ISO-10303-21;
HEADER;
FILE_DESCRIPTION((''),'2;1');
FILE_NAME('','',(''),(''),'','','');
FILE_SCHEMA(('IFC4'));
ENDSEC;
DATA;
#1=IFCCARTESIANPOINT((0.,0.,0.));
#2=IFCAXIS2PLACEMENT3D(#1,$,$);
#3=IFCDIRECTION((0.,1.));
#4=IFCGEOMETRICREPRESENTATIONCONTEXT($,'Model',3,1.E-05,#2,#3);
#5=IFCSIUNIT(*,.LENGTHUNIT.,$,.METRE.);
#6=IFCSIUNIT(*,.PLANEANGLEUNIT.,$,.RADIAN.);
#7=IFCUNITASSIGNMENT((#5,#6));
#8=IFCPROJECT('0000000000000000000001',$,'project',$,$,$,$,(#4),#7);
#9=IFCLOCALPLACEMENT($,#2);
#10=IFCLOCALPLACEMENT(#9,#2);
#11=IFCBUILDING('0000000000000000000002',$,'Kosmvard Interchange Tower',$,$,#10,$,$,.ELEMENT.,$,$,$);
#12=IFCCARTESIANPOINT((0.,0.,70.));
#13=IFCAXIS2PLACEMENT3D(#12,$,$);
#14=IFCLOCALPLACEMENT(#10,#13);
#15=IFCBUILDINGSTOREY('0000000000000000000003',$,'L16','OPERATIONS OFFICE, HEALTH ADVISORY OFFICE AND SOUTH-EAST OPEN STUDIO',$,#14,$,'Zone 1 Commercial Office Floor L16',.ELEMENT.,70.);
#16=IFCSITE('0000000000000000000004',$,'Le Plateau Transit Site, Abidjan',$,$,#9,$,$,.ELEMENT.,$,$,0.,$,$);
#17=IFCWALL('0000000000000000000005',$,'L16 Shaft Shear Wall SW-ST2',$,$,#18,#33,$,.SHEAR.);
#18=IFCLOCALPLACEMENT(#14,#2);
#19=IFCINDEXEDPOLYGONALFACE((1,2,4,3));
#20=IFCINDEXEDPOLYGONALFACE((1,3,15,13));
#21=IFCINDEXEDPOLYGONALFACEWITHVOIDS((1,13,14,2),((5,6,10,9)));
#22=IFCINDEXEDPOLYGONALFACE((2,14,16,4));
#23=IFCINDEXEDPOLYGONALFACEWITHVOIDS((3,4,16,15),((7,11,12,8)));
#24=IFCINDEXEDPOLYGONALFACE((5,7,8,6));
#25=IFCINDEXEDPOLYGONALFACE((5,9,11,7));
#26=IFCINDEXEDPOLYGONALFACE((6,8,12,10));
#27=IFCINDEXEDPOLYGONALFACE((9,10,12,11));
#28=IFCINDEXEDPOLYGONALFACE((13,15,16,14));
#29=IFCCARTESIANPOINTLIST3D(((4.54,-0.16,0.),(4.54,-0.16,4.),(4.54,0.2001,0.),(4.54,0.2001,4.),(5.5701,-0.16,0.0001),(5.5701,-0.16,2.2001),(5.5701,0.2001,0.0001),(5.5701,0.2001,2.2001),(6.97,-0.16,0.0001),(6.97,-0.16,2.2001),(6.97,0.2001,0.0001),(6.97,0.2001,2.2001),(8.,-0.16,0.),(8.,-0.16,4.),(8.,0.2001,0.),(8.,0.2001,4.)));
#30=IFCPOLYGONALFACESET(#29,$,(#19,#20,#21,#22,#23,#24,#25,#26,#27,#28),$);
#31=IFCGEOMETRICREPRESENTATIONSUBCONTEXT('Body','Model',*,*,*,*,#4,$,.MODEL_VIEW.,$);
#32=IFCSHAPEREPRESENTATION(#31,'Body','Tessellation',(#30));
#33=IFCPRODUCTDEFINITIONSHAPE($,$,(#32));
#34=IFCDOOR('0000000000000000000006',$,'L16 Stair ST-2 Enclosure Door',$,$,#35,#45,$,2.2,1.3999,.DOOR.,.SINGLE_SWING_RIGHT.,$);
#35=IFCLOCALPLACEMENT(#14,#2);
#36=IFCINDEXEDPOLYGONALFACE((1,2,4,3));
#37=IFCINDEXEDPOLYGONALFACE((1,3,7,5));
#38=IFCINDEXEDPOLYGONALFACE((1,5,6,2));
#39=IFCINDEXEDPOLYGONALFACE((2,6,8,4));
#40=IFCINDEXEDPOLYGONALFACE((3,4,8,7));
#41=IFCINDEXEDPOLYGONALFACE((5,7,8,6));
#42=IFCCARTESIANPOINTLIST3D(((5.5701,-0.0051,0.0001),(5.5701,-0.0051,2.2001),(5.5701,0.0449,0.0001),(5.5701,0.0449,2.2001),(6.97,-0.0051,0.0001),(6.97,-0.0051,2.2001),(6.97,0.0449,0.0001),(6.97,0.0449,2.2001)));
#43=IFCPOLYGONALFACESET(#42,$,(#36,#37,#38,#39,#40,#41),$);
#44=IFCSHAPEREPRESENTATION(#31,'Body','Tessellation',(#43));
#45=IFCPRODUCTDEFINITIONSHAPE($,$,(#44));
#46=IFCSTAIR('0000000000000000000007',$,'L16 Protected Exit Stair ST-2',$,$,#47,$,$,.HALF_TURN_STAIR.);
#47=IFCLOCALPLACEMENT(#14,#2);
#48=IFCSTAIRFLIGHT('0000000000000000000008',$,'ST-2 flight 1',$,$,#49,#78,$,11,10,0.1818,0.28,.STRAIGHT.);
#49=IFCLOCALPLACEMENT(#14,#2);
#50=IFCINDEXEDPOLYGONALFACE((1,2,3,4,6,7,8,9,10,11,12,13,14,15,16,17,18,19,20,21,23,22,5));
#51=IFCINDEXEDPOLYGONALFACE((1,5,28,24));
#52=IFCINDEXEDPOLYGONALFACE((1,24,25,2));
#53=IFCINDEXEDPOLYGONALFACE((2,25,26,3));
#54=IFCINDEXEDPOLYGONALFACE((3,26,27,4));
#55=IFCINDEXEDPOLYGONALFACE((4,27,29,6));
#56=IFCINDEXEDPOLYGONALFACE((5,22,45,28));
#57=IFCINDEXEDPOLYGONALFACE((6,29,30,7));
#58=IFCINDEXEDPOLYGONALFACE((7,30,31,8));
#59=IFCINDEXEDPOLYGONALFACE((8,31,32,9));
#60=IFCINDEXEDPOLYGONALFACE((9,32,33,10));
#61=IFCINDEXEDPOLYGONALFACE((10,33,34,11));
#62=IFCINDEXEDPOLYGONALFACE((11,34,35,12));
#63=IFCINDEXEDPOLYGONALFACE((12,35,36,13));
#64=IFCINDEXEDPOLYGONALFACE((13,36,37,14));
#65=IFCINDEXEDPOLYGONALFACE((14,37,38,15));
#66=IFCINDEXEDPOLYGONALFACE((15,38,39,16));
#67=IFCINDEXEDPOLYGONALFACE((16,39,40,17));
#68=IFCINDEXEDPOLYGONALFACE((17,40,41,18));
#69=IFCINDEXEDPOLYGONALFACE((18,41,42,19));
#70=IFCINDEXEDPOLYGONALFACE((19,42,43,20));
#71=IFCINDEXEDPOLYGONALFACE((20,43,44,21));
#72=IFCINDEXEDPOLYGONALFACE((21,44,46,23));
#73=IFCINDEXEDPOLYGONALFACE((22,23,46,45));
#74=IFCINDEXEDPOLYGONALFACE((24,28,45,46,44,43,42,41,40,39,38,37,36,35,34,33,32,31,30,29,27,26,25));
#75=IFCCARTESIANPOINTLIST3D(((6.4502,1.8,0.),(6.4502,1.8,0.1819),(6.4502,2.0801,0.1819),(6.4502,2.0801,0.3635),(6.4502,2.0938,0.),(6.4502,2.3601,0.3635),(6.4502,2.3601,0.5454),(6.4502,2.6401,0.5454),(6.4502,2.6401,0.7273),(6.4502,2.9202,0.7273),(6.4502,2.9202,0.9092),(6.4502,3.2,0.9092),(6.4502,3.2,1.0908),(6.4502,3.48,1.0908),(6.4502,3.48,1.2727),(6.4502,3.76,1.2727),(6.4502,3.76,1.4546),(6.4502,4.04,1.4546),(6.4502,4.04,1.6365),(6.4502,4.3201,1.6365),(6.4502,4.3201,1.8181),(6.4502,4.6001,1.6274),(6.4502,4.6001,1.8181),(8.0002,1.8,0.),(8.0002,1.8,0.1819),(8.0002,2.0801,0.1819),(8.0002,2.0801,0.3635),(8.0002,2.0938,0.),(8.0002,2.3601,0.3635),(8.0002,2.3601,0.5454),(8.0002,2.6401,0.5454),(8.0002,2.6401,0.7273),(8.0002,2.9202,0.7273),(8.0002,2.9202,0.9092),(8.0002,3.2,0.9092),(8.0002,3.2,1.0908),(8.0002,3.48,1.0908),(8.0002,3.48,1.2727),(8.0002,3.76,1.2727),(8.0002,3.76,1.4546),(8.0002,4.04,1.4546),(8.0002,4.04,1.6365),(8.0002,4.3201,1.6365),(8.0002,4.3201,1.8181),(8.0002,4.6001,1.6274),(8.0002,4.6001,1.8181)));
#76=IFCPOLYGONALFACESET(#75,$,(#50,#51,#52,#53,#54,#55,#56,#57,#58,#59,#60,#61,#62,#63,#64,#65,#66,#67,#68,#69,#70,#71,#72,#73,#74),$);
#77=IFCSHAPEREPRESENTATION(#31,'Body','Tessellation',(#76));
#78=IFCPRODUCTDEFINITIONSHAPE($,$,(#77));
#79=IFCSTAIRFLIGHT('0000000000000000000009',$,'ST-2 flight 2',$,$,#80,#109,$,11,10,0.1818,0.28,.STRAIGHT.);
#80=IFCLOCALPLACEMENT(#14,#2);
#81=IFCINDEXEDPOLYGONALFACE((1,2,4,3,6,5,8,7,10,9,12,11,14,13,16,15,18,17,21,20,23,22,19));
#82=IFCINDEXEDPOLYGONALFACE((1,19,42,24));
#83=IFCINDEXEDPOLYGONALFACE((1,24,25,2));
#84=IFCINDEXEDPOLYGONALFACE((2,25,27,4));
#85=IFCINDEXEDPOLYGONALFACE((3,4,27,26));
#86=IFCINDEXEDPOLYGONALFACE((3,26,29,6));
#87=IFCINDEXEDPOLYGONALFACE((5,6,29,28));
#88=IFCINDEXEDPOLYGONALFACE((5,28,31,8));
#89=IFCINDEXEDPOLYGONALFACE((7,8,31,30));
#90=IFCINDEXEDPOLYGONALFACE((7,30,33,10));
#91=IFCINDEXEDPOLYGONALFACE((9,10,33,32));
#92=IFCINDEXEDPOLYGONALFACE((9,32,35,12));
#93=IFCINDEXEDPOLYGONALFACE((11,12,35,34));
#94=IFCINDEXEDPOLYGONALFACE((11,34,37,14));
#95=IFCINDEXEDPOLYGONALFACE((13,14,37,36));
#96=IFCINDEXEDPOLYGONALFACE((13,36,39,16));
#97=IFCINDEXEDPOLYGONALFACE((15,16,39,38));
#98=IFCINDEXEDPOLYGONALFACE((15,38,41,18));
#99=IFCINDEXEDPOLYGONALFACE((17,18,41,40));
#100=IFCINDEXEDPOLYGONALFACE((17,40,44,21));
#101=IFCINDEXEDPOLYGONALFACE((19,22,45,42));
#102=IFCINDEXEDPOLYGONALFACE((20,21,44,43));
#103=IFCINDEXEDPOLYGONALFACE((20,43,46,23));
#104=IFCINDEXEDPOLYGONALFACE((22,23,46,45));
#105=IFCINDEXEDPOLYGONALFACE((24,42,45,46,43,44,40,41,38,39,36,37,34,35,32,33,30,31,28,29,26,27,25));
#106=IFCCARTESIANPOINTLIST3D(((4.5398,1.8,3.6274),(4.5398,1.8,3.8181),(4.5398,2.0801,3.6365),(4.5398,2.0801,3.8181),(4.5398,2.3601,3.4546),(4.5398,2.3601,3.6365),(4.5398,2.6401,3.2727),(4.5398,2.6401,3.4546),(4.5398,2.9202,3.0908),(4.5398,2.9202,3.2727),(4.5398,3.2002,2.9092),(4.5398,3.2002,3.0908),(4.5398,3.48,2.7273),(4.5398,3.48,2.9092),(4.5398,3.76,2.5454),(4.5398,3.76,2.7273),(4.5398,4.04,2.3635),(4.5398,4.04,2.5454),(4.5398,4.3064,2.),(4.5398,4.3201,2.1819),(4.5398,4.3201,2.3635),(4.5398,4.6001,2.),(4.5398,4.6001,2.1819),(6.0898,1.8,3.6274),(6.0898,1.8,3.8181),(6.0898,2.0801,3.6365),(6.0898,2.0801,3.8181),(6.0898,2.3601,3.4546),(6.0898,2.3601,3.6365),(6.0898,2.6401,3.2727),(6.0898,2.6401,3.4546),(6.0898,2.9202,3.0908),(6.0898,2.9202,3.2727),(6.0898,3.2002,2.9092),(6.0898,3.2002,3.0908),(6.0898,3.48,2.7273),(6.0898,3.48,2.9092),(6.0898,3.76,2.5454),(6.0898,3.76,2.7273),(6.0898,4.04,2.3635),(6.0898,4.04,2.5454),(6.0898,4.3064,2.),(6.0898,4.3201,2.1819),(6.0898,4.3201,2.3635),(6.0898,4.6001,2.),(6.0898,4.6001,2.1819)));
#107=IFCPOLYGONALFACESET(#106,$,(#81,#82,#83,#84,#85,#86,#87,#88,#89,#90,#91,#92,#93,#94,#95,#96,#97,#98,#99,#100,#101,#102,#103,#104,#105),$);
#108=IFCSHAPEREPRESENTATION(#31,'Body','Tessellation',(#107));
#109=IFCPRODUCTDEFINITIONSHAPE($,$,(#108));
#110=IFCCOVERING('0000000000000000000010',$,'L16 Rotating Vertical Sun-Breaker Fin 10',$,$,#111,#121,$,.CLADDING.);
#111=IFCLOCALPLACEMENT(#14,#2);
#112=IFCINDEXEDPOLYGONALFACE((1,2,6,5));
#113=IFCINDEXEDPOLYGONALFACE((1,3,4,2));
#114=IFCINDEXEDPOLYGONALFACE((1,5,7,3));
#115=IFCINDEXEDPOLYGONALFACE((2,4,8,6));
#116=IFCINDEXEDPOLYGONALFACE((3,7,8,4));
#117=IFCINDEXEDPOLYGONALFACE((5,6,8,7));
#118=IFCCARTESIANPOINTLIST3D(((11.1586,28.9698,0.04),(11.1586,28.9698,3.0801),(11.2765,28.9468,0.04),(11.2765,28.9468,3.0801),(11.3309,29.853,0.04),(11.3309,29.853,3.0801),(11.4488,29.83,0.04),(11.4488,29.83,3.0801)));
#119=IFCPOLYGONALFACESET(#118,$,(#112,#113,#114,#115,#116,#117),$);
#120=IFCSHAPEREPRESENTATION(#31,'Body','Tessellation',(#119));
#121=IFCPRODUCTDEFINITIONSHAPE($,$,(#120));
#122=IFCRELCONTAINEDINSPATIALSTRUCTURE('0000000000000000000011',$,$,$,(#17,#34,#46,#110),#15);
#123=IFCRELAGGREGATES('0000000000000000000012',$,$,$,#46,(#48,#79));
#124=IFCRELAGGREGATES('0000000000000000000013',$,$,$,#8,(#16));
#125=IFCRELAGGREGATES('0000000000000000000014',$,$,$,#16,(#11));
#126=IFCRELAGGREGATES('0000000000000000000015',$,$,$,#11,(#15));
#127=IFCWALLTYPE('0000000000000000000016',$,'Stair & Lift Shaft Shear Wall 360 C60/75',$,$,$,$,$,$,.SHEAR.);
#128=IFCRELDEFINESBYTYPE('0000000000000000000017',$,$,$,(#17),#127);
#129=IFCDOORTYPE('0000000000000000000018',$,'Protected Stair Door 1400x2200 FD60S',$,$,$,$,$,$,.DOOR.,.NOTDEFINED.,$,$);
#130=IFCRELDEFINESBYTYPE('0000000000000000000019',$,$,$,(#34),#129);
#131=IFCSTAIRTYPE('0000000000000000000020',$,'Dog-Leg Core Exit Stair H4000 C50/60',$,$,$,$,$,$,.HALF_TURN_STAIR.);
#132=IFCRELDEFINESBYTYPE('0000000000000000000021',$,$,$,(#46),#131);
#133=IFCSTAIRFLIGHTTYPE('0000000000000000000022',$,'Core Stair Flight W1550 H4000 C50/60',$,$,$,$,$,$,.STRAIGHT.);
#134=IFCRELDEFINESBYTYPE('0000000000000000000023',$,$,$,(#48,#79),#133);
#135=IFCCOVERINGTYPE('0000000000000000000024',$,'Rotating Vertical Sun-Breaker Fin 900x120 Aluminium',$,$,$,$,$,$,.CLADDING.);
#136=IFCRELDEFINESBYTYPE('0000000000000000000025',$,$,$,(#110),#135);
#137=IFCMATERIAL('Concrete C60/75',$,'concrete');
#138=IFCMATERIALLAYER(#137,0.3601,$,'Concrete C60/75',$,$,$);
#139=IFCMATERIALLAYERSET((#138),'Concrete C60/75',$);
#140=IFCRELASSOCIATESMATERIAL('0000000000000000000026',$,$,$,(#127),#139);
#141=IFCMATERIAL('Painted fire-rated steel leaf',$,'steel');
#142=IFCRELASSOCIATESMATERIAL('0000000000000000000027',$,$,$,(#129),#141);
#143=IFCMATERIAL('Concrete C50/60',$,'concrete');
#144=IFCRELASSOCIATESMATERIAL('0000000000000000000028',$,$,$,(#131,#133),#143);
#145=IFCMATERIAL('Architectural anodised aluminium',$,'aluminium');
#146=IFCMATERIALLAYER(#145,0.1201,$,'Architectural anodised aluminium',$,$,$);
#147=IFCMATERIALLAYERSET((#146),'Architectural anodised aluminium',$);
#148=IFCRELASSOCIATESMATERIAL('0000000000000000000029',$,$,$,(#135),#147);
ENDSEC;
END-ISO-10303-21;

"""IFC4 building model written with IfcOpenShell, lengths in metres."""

from ifc_helpers import new_model, si_unit, direction, frame, frame_2d, origin, origin_2d, place, context, subcontext, project, spatial, polyline, rectangle, outline, extrude, source, transform, mapped, material, layer, layer_set, type_object, element, fill, aggregate, save


model = new_model("IFC4")

# Units and contexts
model_context = context("Model", 3, precision=1e-05, world=origin(), true_north=direction((0.0, 1.0)))
body_context = subcontext(model_context, "Body", "Model", "MODEL_VIEW")
ifc_project = project(units=[si_unit("LENGTHUNIT", "METRE"), si_unit("PLANEANGLEUNIT", "RADIAN")], contexts=[model_context])

# Site, building, storey
site_placement = place(None, origin())
site = spatial("IfcSite", under=ifc_project, at=site_placement, Name="Le Plateau Transit Site, Abidjan", CompositionType="ELEMENT", RefElevation=0.0)
building_placement = place(site_placement, origin())
building = spatial("IfcBuilding", under=site, at=building_placement, Name="Kosmvard Interchange Tower", CompositionType="ELEMENT")
storey_placement = place(building_placement, frame((0.0, 0.0, 70.0)))
storey = spatial("IfcBuildingStorey", under=building, at=storey_placement, Name="L16", Description="OPERATIONS OFFICE, HEALTH ADVISORY OFFICE AND SOUTH-EAST OPEN STUDIO", LongName="Zone 1 Commercial Office Floor L16", CompositionType="ELEMENT", Elevation=70.0)

# Shared definitions
ifc_material_1 = material(Name="Concrete C60/75", Category="concrete")

# Wall, opening, door
ifc_layer_1 = layer(ifc_material_1, 0.3601, Name="Concrete C60/75")
ifc_layer_set_1 = layer_set([ifc_layer_1], Name="Concrete C60/75")
wall_type_1 = type_object("IfcWallType", Name="Stair & Lift Shaft Shear Wall 360 C60/75", PredefinedType="SHEAR", material=ifc_layer_set_1)
wall_1_placement = place(storey_placement, frame((4.54, 0.02, 0.0), z_axis=(0.0, 0.0, 1.0), x_axis=(1.0, 0.0, 0.0)))
wall_1 = element("IfcWall", 1, at=wall_1_placement, inside=storey, type_object=wall_type_1, Name="L16 Shaft Shear Wall SW-ST2", PredefinedType="SHEAR", context=body_context, shape_type="SweptSolid", body=[
    extrude(rectangle(XDim=3.46, YDim=0.3601, at=frame_2d((1.73, 0.0))), origin(), (0.0, 0.0, 1.0), 4.0),
])
opening_placement = place(wall_1_placement, frame((1.03, 0.0, 0.0)))
opening = element("IfcOpeningElement", 2, at=opening_placement, cuts=wall_1, PredefinedType="OPENING", context=body_context, shape_type="SweptSolid", body=[
    extrude(rectangle(XDim=1.3999, YDim=2.2, at=frame_2d((0.7, 1.1001))), frame((0.0, 0.1899, 0.0), z_axis=(0.0, -1.0, 0.0), x_axis=(1.0, 0.0, 0.0)), (0.0, 0.0, 1.0), 0.3801),
])
ifc_material_2 = material(Name="Painted fire-rated steel leaf", Category="steel")
door_type = type_object("IfcDoorType", Name="Protected Stair Door 1400x2200 FD60S", OperationType="NOTDEFINED", PredefinedType="DOOR", material=ifc_material_2)
shared_shape_1 = source(origin(), body_context, "Body", "SweptSolid", [
    extrude(rectangle(XDim=1.3999, YDim=2.2, at=frame_2d((0.7, 1.1001))), frame((0.0, 0.0249, 0.0), z_axis=(0.0, -1.0, 0.0), x_axis=(1.0, 0.0, 0.0)), (0.0, 0.0, 1.0), 0.05),
])
door_placement = place(opening_placement, origin())
door = element("IfcDoor", 3, at=door_placement, inside=storey, type_object=door_type, Name="L16 Stair ST-2 Enclosure Door", OperationType="SINGLE_SWING_RIGHT", OverallHeight=2.2, OverallWidth=1.3999, PredefinedType="DOOR", context=body_context, shape_type="MappedRepresentation", body=[
    mapped(shared_shape_1, transform((0.0, 0.0, 0.0), scale=1.0)),
])
fill(opening, door)

# Stair, stair flights
ifc_material_3 = material(Name="Concrete C50/60", Category="concrete")
stair_type = type_object("IfcStairType", Name="Dog-Leg Core Exit Stair H4000 C50/60", PredefinedType="HALF_TURN_STAIR", material=ifc_material_3)
stair_placement = place(storey_placement, origin())
stair = element("IfcStair", 4, at=stair_placement, inside=storey, type_object=stair_type, Name="L16 Protected Exit Stair ST-2", PredefinedType="HALF_TURN_STAIR")
stair_flight_type = type_object("IfcStairFlightType", Name="Core Stair Flight W1550 H4000 C50/60", PredefinedType="STRAIGHT", material=ifc_material_3)
shared_shape_2 = source(origin(), body_context, "Body", "SweptSolid", [
    extrude(outline(polyline([(0.0, 0.0), (0.0, 0.1819), (0.28, 0.1819), (0.28, 0.3635), (0.5601, 0.3635), (0.5601, 0.5454), (0.8401, 0.5454), (0.8401, 0.7273), (1.1201, 0.7273), (1.1201, 0.9092), (1.3999, 0.9092), (1.3999, 1.0908), (1.6799, 1.0908), (1.6799, 1.2727), (1.96, 1.2727), (1.96, 1.4546), (2.24, 1.4546), (2.24, 1.6365), (2.52, 1.6365), (2.52, 1.8181), (2.8, 1.8181), (2.8, 2.0), (2.8, 1.6274), (0.2937, 0.0), (0.0, 0.0)])), frame((0.0, 0.7749, 0.0), z_axis=(0.0, -1.0, 0.0), x_axis=(1.0, 0.0, 0.0)), (0.0, 0.0, 1.0), 1.55),
])
stair_flight_1_placement = place(storey_placement, frame((7.2251, 1.8, 0.0), z_axis=(0.0, 0.0, 1.0), x_axis=(0.0, 1.0, 0.0)))
stair_flight_1 = element("IfcStairFlight", 5, at=stair_flight_1_placement, type_object=stair_flight_type, Name="ST-2 flight 1", NumberOfRisers=11, NumberOfTreads=10, PredefinedType="STRAIGHT", RiserHeight=0.1818, TreadLength=0.28, context=body_context, shape_type="MappedRepresentation", body=[
    mapped(shared_shape_2, transform((0.0, 0.0, 0.0), scale=1.0)),
])
stair_flight_2_placement = place(storey_placement, frame((5.3149, 4.6001, 2.0), z_axis=(0.0, 0.0, 1.0), x_axis=(0.0, -1.0, 0.0)))
stair_flight_2 = element("IfcStairFlight", 6, at=stair_flight_2_placement, type_object=stair_flight_type, Name="ST-2 flight 2", NumberOfRisers=11, NumberOfTreads=10, PredefinedType="STRAIGHT", RiserHeight=0.1818, TreadLength=0.28, context=body_context, shape_type="MappedRepresentation", body=[
    mapped(shared_shape_2, transform((0.0, 0.0, 0.0), scale=1.0)),
])
aggregate(stair, [stair_flight_1, stair_flight_2])

# Covering
ifc_material_4 = material(Name="Architectural anodised aluminium", Category="aluminium")
ifc_layer_2 = layer(ifc_material_4, 0.1201, Name="Architectural anodised aluminium")
ifc_layer_set_2 = layer_set([ifc_layer_2], Name="Architectural anodised aluminium")
covering_type = type_object("IfcCoveringType", Name="Rotating Vertical Sun-Breaker Fin 900x120 Aluminium", PredefinedType="CLADDING", material=ifc_layer_set_2)
shared_shape_3 = source(origin(), body_context, "Body", "SweptSolid", [
    extrude(rectangle(XDim=0.8999, YDim=0.1201, at=origin_2d()), origin(), (0.0, 0.0, 1.0), 3.04),
])
covering_placement = place(storey_placement, frame((11.3037, 29.3999, 0.04), z_axis=(0.0, 0.0, 1.0), x_axis=(0.191494, 0.981494, 0.0)))
element("IfcCovering", 7, at=covering_placement, inside=storey, type_object=covering_type, Name="L16 Rotating Vertical Sun-Breaker Fin 10", PredefinedType="CLADDING", context=body_context, shape_type="MappedRepresentation", body=[
    mapped(shared_shape_3, transform((0.0, 0.0, 0.0), scale=1.0)),
])

save(model, "model.ifc")
